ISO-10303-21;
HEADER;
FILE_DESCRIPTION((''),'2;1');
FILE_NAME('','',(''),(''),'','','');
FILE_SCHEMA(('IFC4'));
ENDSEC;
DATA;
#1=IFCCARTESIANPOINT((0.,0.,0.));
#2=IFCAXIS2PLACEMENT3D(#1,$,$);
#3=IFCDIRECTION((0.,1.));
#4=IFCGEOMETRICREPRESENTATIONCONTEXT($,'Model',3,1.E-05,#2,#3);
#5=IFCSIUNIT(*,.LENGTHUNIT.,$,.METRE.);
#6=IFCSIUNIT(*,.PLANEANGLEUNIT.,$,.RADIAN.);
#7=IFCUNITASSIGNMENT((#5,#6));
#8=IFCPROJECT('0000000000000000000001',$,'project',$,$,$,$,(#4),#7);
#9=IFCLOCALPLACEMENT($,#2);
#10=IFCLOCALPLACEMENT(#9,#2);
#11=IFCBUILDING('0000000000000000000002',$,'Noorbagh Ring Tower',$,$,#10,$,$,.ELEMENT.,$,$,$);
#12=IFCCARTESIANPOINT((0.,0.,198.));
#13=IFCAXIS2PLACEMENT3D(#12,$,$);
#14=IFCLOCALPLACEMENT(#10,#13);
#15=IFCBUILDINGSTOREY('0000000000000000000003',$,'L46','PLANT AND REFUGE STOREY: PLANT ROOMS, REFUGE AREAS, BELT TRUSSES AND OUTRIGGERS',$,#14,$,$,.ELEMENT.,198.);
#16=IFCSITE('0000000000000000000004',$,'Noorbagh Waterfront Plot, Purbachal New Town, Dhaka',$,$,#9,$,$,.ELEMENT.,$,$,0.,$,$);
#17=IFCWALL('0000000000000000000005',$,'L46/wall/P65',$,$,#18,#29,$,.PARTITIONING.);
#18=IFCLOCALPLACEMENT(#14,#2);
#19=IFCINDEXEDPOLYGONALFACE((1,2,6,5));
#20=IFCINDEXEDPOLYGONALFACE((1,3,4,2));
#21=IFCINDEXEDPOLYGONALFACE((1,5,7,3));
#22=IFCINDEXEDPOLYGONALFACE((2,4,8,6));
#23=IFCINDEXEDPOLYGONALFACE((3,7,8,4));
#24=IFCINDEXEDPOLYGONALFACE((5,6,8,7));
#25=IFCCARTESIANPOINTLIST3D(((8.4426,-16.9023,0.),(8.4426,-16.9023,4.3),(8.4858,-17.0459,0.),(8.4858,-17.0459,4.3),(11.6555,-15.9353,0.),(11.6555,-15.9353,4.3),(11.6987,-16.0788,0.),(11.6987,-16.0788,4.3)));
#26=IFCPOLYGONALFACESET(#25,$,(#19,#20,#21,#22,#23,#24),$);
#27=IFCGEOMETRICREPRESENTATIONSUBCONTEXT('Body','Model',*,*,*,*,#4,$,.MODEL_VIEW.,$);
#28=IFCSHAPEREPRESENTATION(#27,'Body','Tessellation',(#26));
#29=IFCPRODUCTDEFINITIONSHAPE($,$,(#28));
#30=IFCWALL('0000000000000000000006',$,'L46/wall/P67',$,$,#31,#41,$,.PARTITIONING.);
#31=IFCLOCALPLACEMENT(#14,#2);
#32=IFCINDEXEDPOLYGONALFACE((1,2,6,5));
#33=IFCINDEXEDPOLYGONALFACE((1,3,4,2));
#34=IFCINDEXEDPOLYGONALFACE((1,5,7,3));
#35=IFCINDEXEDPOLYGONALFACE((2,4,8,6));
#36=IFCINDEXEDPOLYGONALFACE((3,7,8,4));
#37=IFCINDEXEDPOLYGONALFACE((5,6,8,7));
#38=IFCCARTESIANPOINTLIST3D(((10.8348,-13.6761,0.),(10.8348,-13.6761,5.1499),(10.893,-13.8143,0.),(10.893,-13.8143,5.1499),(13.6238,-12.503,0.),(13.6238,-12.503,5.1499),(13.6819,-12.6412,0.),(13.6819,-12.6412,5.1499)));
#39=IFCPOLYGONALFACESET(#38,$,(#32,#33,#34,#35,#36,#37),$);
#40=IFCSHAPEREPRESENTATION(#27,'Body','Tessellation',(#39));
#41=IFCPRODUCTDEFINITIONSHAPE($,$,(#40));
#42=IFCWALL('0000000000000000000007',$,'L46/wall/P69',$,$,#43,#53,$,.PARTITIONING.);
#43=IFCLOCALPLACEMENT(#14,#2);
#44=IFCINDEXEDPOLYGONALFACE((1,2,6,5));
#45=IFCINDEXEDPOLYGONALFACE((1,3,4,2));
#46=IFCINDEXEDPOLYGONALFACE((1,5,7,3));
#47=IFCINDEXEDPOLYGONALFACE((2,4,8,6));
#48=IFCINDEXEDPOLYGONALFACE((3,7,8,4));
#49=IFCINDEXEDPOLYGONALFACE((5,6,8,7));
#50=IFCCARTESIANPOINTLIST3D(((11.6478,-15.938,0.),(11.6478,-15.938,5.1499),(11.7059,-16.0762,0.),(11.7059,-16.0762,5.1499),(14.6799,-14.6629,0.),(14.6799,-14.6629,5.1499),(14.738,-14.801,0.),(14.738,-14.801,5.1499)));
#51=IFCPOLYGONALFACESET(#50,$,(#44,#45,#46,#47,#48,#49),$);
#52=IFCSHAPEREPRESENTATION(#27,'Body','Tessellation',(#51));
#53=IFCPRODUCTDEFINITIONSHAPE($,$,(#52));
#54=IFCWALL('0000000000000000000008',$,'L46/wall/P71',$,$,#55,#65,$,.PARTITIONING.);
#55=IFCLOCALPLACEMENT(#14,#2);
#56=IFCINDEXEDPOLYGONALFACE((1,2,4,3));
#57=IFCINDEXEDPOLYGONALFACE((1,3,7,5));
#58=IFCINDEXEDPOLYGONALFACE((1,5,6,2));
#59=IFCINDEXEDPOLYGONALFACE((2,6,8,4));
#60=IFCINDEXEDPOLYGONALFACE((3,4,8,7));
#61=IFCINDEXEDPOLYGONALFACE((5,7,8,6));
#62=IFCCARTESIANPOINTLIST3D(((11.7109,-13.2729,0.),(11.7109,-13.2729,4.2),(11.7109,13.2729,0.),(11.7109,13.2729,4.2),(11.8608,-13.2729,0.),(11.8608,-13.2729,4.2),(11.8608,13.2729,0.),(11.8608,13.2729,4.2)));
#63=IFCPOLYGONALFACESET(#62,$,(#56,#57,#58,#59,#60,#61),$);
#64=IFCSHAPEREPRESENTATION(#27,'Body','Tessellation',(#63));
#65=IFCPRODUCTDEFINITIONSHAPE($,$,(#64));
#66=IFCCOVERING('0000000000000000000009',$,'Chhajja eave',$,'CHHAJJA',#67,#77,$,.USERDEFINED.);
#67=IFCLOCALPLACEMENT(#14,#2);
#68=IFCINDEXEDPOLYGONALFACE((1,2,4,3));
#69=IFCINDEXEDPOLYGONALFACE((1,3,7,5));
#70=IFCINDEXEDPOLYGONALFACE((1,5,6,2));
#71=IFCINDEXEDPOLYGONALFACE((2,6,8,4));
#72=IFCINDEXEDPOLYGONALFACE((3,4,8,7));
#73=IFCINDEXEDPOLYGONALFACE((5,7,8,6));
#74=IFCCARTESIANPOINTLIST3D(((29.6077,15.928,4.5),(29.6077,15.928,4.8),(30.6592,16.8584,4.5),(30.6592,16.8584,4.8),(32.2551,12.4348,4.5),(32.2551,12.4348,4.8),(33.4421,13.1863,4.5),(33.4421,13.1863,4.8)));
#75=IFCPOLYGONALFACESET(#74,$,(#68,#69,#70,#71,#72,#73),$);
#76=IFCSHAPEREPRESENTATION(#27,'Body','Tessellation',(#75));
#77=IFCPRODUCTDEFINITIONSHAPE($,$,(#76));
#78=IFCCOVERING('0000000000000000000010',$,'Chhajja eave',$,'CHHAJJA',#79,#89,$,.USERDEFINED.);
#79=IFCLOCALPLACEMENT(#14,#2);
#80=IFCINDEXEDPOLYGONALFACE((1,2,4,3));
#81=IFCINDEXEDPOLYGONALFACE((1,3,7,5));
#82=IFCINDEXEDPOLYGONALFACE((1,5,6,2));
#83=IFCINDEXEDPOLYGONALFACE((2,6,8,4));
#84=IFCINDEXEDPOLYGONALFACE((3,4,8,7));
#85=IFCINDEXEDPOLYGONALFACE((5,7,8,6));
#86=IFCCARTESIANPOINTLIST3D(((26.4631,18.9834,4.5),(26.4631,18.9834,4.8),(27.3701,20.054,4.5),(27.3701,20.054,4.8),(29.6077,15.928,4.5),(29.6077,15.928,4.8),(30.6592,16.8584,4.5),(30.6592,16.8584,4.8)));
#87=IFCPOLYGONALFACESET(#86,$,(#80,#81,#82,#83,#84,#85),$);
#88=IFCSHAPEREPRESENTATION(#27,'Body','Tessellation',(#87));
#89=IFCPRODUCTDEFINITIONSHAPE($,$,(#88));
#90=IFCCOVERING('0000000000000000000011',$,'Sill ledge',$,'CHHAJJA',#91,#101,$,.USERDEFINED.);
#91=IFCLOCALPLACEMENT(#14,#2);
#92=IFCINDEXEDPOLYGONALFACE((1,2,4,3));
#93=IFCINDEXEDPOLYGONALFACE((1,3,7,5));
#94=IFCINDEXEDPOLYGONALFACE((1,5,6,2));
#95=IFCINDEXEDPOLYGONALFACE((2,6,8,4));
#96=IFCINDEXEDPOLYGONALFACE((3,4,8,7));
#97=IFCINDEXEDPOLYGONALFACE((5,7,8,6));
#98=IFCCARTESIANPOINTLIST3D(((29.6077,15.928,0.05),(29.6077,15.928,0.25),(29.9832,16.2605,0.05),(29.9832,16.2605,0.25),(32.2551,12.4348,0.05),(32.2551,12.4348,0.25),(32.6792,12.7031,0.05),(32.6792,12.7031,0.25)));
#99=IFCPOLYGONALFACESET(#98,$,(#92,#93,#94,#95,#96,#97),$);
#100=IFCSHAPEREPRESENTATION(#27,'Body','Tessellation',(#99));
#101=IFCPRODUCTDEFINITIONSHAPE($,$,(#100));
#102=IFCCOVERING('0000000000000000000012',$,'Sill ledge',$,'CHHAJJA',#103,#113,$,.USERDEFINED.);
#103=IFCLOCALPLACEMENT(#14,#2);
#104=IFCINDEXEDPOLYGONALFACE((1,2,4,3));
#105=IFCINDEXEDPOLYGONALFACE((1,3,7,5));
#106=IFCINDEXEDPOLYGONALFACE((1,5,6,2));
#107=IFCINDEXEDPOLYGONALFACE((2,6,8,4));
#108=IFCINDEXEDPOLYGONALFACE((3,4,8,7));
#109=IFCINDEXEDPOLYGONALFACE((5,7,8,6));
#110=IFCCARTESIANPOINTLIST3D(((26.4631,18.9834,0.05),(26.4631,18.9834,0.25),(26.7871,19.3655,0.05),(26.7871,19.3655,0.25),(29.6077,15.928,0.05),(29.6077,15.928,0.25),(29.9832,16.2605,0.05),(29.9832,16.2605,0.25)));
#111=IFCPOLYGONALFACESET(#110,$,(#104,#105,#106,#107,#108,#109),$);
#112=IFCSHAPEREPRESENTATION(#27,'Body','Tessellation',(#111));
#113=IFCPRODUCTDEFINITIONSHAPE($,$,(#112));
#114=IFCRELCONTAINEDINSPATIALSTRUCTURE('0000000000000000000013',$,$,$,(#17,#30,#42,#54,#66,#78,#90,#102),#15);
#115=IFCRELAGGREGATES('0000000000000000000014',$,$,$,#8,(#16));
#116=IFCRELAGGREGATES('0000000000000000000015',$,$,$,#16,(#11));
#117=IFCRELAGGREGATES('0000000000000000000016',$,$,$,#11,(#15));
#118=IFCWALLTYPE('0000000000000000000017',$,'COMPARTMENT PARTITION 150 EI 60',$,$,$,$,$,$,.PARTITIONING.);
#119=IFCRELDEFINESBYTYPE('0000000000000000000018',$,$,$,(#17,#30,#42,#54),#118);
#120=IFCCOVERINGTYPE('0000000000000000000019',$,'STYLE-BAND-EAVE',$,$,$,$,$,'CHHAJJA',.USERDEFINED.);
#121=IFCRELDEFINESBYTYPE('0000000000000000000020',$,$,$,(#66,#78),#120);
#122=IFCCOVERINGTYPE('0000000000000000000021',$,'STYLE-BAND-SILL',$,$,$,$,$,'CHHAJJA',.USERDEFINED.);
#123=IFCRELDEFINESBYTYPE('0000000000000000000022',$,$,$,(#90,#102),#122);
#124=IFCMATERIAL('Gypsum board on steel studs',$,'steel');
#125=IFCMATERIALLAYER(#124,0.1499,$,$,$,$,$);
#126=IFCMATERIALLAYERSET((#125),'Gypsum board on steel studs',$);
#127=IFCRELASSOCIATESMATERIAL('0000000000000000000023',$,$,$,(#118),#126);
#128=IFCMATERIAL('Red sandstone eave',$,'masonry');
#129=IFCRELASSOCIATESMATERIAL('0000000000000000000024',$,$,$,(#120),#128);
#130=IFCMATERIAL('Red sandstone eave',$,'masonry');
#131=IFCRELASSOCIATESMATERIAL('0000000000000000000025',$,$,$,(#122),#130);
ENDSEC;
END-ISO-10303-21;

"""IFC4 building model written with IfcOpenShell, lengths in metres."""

from ifc_helpers import new_model, si_unit, direction, frame, frame_2d, origin, place, context, subcontext, project, spatial, polyline, rectangle, outline, extrude, material, layer, layer_set, type_object, element, save


model = new_model("IFC4")

# Units and contexts
model_context = context("Model", 3, precision=1e-05, world=origin(), true_north=direction((0.0, 1.0)))
body_context = subcontext(model_context, "Body", "Model", "MODEL_VIEW")
ifc_project = project(units=[si_unit("LENGTHUNIT", "METRE"), si_unit("PLANEANGLEUNIT", "RADIAN")], contexts=[model_context])

# Site, building, storey
site_placement = place(None, origin())
site = spatial("IfcSite", under=ifc_project, at=site_placement, Name="Noorbagh Waterfront Plot, Purbachal New Town, Dhaka", CompositionType="ELEMENT", RefElevation=0.0)
building_placement = place(site_placement, origin())
building = spatial("IfcBuilding", under=site, at=building_placement, Name="Noorbagh Ring Tower", CompositionType="ELEMENT")
storey_placement = place(building_placement, frame((0.0, 0.0, 198.0)))
storey = spatial("IfcBuildingStorey", under=building, at=storey_placement, Name="L46", Description="PLANT AND REFUGE STOREY: PLANT ROOMS, REFUGE AREAS, BELT TRUSSES AND OUTRIGGERS", CompositionType="ELEMENT", Elevation=198.0)

# Shared definitions
ifc_material_1 = material(Name="Gypsum board on steel studs", Category="steel")
ifc_layer = layer(ifc_material_1, 0.1499)
ifc_layer_set = layer_set([ifc_layer], Name="Gypsum board on steel studs")
wall_type = type_object("IfcWallType", Name="COMPARTMENT PARTITION 150 EI 60", PredefinedType="PARTITIONING", material=ifc_layer_set)

# Walls
wall_1_placement = place(storey_placement, frame((8.4641, -16.9741, 0.0), z_axis=(0.0, 0.0, 1.0), x_axis=(0.957566, 0.288216, 0.0)))
element("IfcWall", 1, at=wall_1_placement, inside=storey, type_object=wall_type, Name="L46/wall/P65", PredefinedType="PARTITIONING", context=body_context, shape_type="SweptSolid", body=[
    extrude(rectangle(XDim=3.3552, YDim=0.1499, at=frame_2d((1.6777, 0.0))), origin(), (0.0, 0.0, 1.0), 4.3),
])
wall_2_placement = place(storey_placement, frame((10.864, -13.7451, 0.0), z_axis=(0.0, 0.0, 1.0), x_axis=(0.921783, 0.387707, 0.0)))
element("IfcWall", 2, at=wall_2_placement, inside=storey, type_object=wall_type, Name="L46/wall/P67", PredefinedType="PARTITIONING", context=body_context, shape_type="SweptSolid", body=[
    extrude(rectangle(XDim=3.0256, YDim=0.1499, at=frame_2d((1.5127, 0.0))), origin(), (0.0, 0.0, 1.0), 5.1499),
])
wall_3_placement = place(storey_placement, frame((11.677, -16.0071, 0.0), z_axis=(0.0, 0.0, 1.0), x_axis=(0.921796, 0.387675, 0.0)))
element("IfcWall", 3, at=wall_3_placement, inside=storey, type_object=wall_type, Name="L46/wall/P69", PredefinedType="PARTITIONING", context=body_context, shape_type="SweptSolid", body=[
    extrude(rectangle(XDim=3.2893, YDim=0.1499, at=frame_2d((1.6445, 0.0))), origin(), (0.0, 0.0, 1.0), 5.1499),
])
wall_4_placement = place(storey_placement, frame((11.7859, -13.2729, 0.0), z_axis=(0.0, 0.0, 1.0), x_axis=(0.0, 1.0, 0.0)))
element("IfcWall", 4, at=wall_4_placement, inside=storey, type_object=wall_type, Name="L46/wall/P71", PredefinedType="PARTITIONING", context=body_context, shape_type="SweptSolid", body=[
    extrude(rectangle(XDim=26.5459, YDim=0.1499, at=frame_2d((13.2729, 0.0))), origin(), (0.0, 0.0, 1.0), 4.2),
])

# Coverings
ifc_material_2 = material(Name="Red sandstone eave", Category="masonry")
covering_type_1 = type_object("IfcCoveringType", Name="STYLE-BAND-EAVE", ElementType="CHHAJJA", PredefinedType="USERDEFINED", material=ifc_material_2)
covering_1_placement = place(storey_placement, frame((0.0, 0.0, 4.5)))
element("IfcCovering", 5, at=covering_1_placement, inside=storey, type_object=covering_type_1, Name="Chhajja eave", ObjectType="CHHAJJA", PredefinedType="USERDEFINED", context=body_context, shape_type="SweptSolid", body=[
    extrude(outline(polyline([(32.2551, 12.4348), (29.6077, 15.928), (30.6592, 16.8584), (33.4421, 13.1863), (32.2551, 12.4348)])), origin(), (0.0, 0.0, 1.0), 0.3),
])
covering_2_placement = place(storey_placement, frame((0.0, 0.0, 4.5)))
element("IfcCovering", 6, at=covering_2_placement, inside=storey, type_object=covering_type_1, Name="Chhajja eave", ObjectType="CHHAJJA", PredefinedType="USERDEFINED", context=body_context, shape_type="SweptSolid", body=[
    extrude(outline(polyline([(29.6077, 15.928), (26.4631, 18.9834), (27.3701, 20.054), (30.6592, 16.8584), (29.6077, 15.928)])), origin(), (0.0, 0.0, 1.0), 0.3),
])
ifc_material_3 = material(Name="Red sandstone eave", Category="masonry")
covering_type_2 = type_object("IfcCoveringType", Name="STYLE-BAND-SILL", ElementType="CHHAJJA", PredefinedType="USERDEFINED", material=ifc_material_3)
covering_3_placement = place(storey_placement, frame((0.0, 0.0, 0.05)))
element("IfcCovering", 7, at=covering_3_placement, inside=storey, type_object=covering_type_2, Name="Sill ledge", ObjectType="CHHAJJA", PredefinedType="USERDEFINED", context=body_context, shape_type="SweptSolid", body=[
    extrude(outline(polyline([(32.2551, 12.4348), (29.6077, 15.928), (29.9832, 16.2605), (32.6792, 12.7031), (32.2551, 12.4348)])), origin(), (0.0, 0.0, 1.0), 0.2),
])
covering_4_placement = place(storey_placement, frame((0.0, 0.0, 0.05)))
element("IfcCovering", 8, at=covering_4_placement, inside=storey, type_object=covering_type_2, Name="Sill ledge", ObjectType="CHHAJJA", PredefinedType="USERDEFINED", context=body_context, shape_type="SweptSolid", body=[
    extrude(outline(polyline([(29.6077, 15.928), (26.4631, 18.9834), (26.7871, 19.3655), (29.9832, 16.2605), (29.6077, 15.928)])), origin(), (0.0, 0.0, 1.0), 0.2),
])

save(model, "model.ifc")
